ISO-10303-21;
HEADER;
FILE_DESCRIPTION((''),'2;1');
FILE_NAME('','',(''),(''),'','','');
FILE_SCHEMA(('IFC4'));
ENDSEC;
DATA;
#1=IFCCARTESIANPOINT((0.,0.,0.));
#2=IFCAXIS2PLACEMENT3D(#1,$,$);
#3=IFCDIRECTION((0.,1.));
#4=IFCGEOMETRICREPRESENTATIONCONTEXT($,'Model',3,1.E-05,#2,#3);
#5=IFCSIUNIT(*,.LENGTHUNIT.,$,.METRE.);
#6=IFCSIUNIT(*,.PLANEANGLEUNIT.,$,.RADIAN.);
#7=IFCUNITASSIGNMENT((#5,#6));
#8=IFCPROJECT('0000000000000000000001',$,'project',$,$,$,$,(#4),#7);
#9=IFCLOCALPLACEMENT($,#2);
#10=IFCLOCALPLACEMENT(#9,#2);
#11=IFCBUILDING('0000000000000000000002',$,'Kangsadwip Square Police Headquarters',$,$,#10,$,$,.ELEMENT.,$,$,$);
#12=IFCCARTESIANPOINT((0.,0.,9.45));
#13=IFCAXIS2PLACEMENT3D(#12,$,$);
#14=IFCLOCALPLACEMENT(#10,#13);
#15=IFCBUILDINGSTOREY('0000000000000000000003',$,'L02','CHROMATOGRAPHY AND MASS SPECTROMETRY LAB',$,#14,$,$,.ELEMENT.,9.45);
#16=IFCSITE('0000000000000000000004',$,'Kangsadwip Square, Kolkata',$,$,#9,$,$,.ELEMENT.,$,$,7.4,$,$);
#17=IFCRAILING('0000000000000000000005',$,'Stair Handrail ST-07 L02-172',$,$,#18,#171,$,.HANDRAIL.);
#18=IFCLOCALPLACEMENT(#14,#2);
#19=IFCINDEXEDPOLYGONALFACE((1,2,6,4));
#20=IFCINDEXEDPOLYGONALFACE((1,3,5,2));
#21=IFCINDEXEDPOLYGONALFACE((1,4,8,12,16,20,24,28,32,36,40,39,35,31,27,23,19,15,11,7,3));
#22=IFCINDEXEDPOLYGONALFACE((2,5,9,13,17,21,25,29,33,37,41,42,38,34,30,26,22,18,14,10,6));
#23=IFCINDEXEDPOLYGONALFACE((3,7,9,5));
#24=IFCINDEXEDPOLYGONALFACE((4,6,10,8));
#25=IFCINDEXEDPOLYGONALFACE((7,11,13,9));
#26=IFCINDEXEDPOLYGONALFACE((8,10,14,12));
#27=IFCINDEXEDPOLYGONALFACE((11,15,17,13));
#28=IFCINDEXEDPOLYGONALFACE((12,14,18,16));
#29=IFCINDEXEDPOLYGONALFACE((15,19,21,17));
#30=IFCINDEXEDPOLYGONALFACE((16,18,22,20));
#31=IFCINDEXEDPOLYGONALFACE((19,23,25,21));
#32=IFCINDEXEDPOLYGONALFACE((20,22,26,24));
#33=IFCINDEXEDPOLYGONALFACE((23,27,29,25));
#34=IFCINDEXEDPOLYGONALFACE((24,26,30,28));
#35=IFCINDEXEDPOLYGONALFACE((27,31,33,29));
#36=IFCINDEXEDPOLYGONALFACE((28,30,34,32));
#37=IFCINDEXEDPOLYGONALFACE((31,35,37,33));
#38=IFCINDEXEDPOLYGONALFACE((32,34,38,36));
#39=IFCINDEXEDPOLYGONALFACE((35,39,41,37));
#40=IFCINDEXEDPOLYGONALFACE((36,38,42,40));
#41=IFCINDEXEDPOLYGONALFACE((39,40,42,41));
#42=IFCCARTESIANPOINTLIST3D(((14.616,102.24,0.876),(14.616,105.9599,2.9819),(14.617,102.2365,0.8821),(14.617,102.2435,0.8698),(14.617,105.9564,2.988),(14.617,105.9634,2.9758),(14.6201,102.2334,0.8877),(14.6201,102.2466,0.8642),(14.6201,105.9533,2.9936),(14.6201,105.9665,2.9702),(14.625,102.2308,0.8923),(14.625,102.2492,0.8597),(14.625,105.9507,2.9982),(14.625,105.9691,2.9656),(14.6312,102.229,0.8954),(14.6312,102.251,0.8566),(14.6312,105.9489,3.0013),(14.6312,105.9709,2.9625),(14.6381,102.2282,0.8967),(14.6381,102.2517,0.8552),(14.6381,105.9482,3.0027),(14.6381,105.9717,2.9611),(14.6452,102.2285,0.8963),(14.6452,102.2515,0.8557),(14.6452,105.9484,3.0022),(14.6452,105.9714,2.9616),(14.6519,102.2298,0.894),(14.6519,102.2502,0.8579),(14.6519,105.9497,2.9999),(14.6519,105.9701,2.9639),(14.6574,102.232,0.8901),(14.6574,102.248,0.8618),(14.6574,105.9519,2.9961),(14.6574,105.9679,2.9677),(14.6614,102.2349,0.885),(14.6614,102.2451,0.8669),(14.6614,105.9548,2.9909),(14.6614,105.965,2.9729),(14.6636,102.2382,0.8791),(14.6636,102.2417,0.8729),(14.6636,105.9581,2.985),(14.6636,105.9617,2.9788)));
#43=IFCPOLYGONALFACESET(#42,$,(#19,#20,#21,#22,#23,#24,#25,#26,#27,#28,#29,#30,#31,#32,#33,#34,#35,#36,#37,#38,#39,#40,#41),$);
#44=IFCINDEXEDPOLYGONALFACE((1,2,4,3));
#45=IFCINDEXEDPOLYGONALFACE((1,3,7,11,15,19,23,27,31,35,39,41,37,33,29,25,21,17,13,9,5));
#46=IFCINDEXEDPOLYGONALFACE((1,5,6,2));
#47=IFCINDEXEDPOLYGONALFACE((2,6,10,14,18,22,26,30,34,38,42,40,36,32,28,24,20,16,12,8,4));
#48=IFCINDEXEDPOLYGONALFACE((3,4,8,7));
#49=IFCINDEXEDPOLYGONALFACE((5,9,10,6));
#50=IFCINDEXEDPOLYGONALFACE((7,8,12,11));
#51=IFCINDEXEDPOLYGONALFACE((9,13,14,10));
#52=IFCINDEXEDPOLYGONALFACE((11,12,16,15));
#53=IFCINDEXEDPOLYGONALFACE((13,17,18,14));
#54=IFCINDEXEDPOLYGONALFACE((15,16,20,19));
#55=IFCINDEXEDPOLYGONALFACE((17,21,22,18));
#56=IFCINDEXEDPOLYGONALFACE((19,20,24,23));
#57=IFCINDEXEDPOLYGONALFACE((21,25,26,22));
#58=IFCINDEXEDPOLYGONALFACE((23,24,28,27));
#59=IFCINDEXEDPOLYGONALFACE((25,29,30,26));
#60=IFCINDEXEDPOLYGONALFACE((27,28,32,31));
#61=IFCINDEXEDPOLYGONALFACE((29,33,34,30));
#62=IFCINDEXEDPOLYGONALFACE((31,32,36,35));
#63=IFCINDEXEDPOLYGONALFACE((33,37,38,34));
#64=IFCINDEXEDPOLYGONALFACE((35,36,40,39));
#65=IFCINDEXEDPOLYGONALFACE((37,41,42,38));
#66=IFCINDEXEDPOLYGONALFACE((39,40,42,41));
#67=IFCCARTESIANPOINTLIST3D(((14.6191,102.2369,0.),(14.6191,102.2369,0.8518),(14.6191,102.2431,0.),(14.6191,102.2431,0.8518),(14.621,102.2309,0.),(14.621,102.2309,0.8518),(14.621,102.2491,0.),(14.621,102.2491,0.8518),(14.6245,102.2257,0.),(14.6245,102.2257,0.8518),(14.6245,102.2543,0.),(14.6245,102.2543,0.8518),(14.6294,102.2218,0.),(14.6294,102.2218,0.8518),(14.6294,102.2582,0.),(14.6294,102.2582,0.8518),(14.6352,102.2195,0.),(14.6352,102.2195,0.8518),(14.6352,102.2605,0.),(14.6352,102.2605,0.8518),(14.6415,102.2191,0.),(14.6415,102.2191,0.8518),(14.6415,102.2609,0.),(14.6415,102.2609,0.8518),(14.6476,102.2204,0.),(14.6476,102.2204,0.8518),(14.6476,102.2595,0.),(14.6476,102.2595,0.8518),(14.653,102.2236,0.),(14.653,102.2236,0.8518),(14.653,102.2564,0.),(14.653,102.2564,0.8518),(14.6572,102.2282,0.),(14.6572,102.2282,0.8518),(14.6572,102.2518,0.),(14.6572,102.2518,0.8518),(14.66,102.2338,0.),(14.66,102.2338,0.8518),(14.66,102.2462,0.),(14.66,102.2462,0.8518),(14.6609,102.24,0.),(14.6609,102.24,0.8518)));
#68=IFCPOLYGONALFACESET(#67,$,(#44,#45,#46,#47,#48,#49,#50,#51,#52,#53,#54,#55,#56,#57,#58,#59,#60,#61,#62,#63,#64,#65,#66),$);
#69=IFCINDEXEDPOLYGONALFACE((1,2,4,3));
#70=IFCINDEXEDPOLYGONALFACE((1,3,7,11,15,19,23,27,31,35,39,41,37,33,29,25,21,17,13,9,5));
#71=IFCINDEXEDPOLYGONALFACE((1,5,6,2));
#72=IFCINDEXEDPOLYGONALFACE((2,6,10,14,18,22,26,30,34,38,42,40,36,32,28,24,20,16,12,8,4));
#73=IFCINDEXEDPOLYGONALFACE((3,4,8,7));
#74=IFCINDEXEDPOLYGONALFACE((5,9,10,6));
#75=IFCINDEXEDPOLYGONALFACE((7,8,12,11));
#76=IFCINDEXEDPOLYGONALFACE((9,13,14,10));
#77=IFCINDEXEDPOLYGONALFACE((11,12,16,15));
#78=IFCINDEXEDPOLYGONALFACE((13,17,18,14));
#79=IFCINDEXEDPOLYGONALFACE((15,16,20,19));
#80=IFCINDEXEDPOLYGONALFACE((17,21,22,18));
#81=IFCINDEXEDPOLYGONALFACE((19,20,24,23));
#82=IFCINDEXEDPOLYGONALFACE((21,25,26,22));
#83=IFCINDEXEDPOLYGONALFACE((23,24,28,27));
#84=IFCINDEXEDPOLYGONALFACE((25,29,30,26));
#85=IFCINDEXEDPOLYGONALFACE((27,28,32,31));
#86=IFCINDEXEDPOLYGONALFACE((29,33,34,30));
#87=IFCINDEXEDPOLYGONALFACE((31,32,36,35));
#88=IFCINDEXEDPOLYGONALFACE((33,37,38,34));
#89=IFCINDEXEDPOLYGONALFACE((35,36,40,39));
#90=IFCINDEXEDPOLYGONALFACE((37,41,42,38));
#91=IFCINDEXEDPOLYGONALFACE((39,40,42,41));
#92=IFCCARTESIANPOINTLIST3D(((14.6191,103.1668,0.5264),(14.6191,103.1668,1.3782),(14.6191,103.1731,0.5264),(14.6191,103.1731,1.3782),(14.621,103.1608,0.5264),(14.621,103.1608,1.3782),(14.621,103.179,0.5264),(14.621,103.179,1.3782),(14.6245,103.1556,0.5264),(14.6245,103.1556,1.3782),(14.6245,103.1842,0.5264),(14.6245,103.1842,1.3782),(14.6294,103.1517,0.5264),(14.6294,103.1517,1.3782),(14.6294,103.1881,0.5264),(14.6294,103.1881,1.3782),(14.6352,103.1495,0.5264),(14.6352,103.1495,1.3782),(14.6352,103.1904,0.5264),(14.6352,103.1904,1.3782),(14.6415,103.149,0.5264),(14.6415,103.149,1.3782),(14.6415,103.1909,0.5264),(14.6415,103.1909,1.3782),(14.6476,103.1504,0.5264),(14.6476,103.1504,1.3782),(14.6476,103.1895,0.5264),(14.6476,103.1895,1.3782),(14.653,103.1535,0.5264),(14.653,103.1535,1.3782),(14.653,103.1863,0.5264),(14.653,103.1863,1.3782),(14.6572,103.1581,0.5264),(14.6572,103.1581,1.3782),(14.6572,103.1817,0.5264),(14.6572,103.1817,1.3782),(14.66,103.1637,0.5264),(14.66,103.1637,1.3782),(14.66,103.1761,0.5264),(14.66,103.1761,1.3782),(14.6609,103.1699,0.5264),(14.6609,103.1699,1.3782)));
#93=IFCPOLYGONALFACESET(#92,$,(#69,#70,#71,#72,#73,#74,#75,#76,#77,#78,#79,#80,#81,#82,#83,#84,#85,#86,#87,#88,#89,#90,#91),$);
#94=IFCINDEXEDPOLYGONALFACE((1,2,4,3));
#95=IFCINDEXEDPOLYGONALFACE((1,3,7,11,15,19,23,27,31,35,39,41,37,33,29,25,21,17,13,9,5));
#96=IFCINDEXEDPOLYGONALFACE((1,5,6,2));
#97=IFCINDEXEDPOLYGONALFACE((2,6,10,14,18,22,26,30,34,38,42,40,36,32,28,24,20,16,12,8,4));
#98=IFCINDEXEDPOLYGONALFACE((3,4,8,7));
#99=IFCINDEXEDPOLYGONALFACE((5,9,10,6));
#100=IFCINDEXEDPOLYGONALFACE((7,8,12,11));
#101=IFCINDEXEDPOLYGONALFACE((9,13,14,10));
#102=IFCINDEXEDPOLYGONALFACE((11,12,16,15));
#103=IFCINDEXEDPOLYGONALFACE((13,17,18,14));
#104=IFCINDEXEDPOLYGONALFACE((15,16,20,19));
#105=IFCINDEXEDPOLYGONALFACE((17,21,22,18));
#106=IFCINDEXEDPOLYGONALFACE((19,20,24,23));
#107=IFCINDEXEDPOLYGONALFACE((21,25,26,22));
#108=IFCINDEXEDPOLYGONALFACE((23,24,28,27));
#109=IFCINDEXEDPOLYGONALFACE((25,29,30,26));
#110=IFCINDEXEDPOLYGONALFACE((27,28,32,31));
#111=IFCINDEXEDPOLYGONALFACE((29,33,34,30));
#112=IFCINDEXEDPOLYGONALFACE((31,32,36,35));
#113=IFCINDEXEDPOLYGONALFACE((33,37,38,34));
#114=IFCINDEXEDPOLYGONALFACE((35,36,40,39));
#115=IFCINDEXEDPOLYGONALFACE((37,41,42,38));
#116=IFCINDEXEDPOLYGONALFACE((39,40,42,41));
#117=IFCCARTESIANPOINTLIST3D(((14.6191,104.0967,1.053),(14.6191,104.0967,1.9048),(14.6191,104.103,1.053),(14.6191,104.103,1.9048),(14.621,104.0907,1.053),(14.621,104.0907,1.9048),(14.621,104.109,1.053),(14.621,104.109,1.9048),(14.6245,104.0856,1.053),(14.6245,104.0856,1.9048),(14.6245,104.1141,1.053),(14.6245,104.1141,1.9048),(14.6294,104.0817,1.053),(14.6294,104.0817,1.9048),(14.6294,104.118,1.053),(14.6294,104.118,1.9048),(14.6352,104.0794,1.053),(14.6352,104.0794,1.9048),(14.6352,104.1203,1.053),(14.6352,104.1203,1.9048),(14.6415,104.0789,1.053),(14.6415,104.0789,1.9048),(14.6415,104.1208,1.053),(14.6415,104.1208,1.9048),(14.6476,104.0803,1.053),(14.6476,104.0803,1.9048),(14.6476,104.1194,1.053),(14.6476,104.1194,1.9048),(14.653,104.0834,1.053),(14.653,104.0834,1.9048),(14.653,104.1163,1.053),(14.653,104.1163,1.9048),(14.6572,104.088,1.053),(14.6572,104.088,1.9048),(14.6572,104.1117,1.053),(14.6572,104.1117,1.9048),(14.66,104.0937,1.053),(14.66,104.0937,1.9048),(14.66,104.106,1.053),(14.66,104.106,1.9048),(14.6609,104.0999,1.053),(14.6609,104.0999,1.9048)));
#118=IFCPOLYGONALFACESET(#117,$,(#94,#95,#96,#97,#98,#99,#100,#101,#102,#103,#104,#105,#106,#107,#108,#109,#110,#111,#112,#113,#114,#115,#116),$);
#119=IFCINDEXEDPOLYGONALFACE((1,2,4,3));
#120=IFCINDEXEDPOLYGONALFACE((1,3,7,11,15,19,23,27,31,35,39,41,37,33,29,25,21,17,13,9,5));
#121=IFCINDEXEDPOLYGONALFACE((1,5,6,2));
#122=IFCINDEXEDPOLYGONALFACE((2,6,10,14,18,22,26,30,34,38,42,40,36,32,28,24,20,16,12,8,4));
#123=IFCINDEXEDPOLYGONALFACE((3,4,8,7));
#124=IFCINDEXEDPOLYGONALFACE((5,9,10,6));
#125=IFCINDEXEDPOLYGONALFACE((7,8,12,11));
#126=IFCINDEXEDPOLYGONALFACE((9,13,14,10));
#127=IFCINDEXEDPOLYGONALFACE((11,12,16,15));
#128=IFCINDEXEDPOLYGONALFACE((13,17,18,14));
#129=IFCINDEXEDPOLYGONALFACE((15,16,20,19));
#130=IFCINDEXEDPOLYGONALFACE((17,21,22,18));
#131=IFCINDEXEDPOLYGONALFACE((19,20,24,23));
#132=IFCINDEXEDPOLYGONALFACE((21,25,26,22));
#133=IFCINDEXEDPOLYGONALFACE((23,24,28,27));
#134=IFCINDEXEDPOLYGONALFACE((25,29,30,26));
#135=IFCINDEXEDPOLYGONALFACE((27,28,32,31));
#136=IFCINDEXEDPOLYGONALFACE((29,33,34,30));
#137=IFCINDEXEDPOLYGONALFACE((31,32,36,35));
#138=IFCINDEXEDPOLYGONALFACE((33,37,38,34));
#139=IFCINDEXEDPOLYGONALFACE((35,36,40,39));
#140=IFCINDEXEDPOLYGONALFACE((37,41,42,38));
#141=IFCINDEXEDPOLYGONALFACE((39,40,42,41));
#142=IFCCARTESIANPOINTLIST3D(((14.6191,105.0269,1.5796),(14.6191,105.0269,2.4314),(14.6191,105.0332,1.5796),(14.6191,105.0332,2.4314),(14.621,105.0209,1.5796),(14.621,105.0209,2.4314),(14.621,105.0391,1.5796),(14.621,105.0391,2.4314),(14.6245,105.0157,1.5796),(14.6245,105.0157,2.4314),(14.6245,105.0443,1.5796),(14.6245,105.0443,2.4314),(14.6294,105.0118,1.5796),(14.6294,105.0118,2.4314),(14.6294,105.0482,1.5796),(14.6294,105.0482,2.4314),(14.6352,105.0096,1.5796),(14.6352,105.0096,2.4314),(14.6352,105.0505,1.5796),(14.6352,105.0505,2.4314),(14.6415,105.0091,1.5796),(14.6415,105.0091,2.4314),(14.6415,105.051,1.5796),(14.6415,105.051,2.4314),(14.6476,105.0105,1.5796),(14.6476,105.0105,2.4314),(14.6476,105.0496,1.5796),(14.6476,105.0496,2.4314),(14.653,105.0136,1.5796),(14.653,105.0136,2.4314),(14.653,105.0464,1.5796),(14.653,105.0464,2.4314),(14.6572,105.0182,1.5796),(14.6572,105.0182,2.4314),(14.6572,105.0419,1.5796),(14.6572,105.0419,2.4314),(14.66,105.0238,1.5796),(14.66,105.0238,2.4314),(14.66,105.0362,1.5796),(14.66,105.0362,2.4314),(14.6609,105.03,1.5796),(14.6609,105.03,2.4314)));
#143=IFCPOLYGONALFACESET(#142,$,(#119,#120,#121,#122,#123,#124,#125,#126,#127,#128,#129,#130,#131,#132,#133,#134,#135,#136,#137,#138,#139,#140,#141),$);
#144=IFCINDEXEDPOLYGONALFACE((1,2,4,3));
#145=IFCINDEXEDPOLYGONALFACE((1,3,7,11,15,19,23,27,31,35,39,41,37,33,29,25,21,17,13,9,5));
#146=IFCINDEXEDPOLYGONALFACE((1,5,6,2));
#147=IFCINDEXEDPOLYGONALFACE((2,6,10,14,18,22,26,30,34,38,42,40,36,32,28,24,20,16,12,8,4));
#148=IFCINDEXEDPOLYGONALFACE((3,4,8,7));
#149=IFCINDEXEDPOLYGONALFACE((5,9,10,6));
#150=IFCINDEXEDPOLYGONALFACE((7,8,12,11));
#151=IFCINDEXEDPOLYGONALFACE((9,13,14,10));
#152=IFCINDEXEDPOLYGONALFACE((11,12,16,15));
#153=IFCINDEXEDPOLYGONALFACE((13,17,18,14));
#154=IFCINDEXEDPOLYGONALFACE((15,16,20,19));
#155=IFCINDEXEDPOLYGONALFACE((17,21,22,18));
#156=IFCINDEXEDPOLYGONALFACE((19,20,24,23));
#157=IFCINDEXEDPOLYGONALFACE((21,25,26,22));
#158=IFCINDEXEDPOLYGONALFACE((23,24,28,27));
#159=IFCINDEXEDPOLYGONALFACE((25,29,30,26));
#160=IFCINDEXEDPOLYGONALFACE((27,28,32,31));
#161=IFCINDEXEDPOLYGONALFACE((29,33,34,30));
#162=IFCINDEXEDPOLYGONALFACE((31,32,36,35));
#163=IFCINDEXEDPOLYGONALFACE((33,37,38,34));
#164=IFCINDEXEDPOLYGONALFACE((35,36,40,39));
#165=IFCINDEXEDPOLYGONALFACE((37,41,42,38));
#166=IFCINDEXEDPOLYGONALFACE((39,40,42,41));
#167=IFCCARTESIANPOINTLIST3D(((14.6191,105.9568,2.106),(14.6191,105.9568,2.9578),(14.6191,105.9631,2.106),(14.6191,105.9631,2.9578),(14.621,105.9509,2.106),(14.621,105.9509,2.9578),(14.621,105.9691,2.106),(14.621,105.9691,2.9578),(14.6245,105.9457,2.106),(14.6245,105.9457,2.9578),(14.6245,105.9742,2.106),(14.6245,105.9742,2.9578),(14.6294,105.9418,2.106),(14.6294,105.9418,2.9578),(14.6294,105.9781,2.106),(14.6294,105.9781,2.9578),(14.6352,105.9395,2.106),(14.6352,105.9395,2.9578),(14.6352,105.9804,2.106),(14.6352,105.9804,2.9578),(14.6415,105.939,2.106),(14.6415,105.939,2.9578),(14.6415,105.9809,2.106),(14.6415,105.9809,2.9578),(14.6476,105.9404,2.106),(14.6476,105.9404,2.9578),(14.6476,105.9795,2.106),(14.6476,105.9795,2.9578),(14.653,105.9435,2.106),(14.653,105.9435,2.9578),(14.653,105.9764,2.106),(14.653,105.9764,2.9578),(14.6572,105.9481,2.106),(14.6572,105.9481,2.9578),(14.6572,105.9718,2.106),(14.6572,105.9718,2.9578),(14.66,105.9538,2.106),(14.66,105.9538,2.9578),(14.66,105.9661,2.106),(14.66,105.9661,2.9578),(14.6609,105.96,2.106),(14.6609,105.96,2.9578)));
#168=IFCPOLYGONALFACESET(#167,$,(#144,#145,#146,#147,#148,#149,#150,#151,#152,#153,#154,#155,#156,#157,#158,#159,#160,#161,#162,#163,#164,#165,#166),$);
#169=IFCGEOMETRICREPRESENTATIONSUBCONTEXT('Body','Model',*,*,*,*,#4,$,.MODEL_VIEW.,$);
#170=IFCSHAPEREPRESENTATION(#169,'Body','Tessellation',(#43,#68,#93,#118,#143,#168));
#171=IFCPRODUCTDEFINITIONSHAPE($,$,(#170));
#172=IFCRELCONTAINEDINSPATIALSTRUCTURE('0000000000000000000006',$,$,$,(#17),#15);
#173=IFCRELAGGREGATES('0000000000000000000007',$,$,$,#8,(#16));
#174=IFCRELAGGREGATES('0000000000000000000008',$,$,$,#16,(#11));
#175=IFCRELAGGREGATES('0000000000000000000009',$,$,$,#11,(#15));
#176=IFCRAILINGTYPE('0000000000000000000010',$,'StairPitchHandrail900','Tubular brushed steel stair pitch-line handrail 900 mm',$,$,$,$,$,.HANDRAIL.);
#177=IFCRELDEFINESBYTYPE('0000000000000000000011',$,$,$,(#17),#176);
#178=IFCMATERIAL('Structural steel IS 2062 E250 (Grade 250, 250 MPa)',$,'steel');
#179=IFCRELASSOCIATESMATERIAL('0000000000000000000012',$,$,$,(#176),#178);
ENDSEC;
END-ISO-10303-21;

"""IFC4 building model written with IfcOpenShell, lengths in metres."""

from ifc_helpers import new_model, si_unit, direction, frame, origin, origin_2d, place, context, subcontext, project, spatial, circle, extrude, material, type_object, element, save


model = new_model("IFC4")

# Units and contexts
model_context = context("Model", 3, precision=1e-05, world=origin(), true_north=direction((0.0, 1.0)))
body_context = subcontext(model_context, "Body", "Model", "MODEL_VIEW")
ifc_project = project(units=[si_unit("LENGTHUNIT", "METRE"), si_unit("PLANEANGLEUNIT", "RADIAN")], contexts=[model_context])

# Site, building, storey
site_placement = place(None, origin())
site = spatial("IfcSite", under=ifc_project, at=site_placement, Name="Kangsadwip Square, Kolkata", CompositionType="ELEMENT", RefElevation=7.4)
building_placement = place(site_placement, origin())
building = spatial("IfcBuilding", under=site, at=building_placement, Name="Kangsadwip Square Police Headquarters", CompositionType="ELEMENT")
storey_placement = place(building_placement, frame((0.0, 0.0, 9.45)))
storey = spatial("IfcBuildingStorey", under=building, at=storey_placement, Name="L02", Description="CHROMATOGRAPHY AND MASS SPECTROMETRY LAB", CompositionType="ELEMENT", Elevation=9.45)

# Railing
ifc_material_1 = material(Name="Structural steel IS 2062 E250 (Grade 250, 250 MPa)", Category="steel")
railing_type_1 = type_object("IfcRailingType", Name="StairPitchHandrail900", Description="Tubular brushed steel stair pitch-line handrail 900 mm", PredefinedType="HANDRAIL", material=ifc_material_1)
railing_1_placement = place(storey_placement, frame((14.6399, 102.24, 0.0)))
element("IfcRailing", 1, at=railing_1_placement, inside=storey, type_object=railing_type_1, Name="Stair Handrail ST-07 L02-172", PredefinedType="HANDRAIL", context=body_context, shape_type="SweptSolid", body=[
    extrude(circle(Radius=0.0239, at=origin_2d()), frame((0.0, 0.0, 0.876), z_axis=(0.0, 0.870225, 0.492654), x_axis=(-1.0, 0.0, 0.0)), (0.0, 0.0, 1.0), 4.2747),
    extrude(circle(Radius=0.021, at=origin_2d()), origin(), (0.0, 0.0, 1.0), 0.8518),
    extrude(circle(Radius=0.021, at=origin_2d()), frame((0.0, 0.9299, 0.5264)), (0.0, 0.0, 1.0), 0.8518),
    extrude(circle(Radius=0.021, at=origin_2d()), frame((0.0, 1.8599, 1.053)), (0.0, 0.0, 1.0), 0.8518),
    extrude(circle(Radius=0.021, at=origin_2d()), frame((0.0, 2.79, 1.5796)), (0.0, 0.0, 1.0), 0.8518),
    extrude(circle(Radius=0.021, at=origin_2d()), frame((0.0, 3.72, 2.106)), (0.0, 0.0, 1.0), 0.8518),
])

save(model, "model.ifc")
